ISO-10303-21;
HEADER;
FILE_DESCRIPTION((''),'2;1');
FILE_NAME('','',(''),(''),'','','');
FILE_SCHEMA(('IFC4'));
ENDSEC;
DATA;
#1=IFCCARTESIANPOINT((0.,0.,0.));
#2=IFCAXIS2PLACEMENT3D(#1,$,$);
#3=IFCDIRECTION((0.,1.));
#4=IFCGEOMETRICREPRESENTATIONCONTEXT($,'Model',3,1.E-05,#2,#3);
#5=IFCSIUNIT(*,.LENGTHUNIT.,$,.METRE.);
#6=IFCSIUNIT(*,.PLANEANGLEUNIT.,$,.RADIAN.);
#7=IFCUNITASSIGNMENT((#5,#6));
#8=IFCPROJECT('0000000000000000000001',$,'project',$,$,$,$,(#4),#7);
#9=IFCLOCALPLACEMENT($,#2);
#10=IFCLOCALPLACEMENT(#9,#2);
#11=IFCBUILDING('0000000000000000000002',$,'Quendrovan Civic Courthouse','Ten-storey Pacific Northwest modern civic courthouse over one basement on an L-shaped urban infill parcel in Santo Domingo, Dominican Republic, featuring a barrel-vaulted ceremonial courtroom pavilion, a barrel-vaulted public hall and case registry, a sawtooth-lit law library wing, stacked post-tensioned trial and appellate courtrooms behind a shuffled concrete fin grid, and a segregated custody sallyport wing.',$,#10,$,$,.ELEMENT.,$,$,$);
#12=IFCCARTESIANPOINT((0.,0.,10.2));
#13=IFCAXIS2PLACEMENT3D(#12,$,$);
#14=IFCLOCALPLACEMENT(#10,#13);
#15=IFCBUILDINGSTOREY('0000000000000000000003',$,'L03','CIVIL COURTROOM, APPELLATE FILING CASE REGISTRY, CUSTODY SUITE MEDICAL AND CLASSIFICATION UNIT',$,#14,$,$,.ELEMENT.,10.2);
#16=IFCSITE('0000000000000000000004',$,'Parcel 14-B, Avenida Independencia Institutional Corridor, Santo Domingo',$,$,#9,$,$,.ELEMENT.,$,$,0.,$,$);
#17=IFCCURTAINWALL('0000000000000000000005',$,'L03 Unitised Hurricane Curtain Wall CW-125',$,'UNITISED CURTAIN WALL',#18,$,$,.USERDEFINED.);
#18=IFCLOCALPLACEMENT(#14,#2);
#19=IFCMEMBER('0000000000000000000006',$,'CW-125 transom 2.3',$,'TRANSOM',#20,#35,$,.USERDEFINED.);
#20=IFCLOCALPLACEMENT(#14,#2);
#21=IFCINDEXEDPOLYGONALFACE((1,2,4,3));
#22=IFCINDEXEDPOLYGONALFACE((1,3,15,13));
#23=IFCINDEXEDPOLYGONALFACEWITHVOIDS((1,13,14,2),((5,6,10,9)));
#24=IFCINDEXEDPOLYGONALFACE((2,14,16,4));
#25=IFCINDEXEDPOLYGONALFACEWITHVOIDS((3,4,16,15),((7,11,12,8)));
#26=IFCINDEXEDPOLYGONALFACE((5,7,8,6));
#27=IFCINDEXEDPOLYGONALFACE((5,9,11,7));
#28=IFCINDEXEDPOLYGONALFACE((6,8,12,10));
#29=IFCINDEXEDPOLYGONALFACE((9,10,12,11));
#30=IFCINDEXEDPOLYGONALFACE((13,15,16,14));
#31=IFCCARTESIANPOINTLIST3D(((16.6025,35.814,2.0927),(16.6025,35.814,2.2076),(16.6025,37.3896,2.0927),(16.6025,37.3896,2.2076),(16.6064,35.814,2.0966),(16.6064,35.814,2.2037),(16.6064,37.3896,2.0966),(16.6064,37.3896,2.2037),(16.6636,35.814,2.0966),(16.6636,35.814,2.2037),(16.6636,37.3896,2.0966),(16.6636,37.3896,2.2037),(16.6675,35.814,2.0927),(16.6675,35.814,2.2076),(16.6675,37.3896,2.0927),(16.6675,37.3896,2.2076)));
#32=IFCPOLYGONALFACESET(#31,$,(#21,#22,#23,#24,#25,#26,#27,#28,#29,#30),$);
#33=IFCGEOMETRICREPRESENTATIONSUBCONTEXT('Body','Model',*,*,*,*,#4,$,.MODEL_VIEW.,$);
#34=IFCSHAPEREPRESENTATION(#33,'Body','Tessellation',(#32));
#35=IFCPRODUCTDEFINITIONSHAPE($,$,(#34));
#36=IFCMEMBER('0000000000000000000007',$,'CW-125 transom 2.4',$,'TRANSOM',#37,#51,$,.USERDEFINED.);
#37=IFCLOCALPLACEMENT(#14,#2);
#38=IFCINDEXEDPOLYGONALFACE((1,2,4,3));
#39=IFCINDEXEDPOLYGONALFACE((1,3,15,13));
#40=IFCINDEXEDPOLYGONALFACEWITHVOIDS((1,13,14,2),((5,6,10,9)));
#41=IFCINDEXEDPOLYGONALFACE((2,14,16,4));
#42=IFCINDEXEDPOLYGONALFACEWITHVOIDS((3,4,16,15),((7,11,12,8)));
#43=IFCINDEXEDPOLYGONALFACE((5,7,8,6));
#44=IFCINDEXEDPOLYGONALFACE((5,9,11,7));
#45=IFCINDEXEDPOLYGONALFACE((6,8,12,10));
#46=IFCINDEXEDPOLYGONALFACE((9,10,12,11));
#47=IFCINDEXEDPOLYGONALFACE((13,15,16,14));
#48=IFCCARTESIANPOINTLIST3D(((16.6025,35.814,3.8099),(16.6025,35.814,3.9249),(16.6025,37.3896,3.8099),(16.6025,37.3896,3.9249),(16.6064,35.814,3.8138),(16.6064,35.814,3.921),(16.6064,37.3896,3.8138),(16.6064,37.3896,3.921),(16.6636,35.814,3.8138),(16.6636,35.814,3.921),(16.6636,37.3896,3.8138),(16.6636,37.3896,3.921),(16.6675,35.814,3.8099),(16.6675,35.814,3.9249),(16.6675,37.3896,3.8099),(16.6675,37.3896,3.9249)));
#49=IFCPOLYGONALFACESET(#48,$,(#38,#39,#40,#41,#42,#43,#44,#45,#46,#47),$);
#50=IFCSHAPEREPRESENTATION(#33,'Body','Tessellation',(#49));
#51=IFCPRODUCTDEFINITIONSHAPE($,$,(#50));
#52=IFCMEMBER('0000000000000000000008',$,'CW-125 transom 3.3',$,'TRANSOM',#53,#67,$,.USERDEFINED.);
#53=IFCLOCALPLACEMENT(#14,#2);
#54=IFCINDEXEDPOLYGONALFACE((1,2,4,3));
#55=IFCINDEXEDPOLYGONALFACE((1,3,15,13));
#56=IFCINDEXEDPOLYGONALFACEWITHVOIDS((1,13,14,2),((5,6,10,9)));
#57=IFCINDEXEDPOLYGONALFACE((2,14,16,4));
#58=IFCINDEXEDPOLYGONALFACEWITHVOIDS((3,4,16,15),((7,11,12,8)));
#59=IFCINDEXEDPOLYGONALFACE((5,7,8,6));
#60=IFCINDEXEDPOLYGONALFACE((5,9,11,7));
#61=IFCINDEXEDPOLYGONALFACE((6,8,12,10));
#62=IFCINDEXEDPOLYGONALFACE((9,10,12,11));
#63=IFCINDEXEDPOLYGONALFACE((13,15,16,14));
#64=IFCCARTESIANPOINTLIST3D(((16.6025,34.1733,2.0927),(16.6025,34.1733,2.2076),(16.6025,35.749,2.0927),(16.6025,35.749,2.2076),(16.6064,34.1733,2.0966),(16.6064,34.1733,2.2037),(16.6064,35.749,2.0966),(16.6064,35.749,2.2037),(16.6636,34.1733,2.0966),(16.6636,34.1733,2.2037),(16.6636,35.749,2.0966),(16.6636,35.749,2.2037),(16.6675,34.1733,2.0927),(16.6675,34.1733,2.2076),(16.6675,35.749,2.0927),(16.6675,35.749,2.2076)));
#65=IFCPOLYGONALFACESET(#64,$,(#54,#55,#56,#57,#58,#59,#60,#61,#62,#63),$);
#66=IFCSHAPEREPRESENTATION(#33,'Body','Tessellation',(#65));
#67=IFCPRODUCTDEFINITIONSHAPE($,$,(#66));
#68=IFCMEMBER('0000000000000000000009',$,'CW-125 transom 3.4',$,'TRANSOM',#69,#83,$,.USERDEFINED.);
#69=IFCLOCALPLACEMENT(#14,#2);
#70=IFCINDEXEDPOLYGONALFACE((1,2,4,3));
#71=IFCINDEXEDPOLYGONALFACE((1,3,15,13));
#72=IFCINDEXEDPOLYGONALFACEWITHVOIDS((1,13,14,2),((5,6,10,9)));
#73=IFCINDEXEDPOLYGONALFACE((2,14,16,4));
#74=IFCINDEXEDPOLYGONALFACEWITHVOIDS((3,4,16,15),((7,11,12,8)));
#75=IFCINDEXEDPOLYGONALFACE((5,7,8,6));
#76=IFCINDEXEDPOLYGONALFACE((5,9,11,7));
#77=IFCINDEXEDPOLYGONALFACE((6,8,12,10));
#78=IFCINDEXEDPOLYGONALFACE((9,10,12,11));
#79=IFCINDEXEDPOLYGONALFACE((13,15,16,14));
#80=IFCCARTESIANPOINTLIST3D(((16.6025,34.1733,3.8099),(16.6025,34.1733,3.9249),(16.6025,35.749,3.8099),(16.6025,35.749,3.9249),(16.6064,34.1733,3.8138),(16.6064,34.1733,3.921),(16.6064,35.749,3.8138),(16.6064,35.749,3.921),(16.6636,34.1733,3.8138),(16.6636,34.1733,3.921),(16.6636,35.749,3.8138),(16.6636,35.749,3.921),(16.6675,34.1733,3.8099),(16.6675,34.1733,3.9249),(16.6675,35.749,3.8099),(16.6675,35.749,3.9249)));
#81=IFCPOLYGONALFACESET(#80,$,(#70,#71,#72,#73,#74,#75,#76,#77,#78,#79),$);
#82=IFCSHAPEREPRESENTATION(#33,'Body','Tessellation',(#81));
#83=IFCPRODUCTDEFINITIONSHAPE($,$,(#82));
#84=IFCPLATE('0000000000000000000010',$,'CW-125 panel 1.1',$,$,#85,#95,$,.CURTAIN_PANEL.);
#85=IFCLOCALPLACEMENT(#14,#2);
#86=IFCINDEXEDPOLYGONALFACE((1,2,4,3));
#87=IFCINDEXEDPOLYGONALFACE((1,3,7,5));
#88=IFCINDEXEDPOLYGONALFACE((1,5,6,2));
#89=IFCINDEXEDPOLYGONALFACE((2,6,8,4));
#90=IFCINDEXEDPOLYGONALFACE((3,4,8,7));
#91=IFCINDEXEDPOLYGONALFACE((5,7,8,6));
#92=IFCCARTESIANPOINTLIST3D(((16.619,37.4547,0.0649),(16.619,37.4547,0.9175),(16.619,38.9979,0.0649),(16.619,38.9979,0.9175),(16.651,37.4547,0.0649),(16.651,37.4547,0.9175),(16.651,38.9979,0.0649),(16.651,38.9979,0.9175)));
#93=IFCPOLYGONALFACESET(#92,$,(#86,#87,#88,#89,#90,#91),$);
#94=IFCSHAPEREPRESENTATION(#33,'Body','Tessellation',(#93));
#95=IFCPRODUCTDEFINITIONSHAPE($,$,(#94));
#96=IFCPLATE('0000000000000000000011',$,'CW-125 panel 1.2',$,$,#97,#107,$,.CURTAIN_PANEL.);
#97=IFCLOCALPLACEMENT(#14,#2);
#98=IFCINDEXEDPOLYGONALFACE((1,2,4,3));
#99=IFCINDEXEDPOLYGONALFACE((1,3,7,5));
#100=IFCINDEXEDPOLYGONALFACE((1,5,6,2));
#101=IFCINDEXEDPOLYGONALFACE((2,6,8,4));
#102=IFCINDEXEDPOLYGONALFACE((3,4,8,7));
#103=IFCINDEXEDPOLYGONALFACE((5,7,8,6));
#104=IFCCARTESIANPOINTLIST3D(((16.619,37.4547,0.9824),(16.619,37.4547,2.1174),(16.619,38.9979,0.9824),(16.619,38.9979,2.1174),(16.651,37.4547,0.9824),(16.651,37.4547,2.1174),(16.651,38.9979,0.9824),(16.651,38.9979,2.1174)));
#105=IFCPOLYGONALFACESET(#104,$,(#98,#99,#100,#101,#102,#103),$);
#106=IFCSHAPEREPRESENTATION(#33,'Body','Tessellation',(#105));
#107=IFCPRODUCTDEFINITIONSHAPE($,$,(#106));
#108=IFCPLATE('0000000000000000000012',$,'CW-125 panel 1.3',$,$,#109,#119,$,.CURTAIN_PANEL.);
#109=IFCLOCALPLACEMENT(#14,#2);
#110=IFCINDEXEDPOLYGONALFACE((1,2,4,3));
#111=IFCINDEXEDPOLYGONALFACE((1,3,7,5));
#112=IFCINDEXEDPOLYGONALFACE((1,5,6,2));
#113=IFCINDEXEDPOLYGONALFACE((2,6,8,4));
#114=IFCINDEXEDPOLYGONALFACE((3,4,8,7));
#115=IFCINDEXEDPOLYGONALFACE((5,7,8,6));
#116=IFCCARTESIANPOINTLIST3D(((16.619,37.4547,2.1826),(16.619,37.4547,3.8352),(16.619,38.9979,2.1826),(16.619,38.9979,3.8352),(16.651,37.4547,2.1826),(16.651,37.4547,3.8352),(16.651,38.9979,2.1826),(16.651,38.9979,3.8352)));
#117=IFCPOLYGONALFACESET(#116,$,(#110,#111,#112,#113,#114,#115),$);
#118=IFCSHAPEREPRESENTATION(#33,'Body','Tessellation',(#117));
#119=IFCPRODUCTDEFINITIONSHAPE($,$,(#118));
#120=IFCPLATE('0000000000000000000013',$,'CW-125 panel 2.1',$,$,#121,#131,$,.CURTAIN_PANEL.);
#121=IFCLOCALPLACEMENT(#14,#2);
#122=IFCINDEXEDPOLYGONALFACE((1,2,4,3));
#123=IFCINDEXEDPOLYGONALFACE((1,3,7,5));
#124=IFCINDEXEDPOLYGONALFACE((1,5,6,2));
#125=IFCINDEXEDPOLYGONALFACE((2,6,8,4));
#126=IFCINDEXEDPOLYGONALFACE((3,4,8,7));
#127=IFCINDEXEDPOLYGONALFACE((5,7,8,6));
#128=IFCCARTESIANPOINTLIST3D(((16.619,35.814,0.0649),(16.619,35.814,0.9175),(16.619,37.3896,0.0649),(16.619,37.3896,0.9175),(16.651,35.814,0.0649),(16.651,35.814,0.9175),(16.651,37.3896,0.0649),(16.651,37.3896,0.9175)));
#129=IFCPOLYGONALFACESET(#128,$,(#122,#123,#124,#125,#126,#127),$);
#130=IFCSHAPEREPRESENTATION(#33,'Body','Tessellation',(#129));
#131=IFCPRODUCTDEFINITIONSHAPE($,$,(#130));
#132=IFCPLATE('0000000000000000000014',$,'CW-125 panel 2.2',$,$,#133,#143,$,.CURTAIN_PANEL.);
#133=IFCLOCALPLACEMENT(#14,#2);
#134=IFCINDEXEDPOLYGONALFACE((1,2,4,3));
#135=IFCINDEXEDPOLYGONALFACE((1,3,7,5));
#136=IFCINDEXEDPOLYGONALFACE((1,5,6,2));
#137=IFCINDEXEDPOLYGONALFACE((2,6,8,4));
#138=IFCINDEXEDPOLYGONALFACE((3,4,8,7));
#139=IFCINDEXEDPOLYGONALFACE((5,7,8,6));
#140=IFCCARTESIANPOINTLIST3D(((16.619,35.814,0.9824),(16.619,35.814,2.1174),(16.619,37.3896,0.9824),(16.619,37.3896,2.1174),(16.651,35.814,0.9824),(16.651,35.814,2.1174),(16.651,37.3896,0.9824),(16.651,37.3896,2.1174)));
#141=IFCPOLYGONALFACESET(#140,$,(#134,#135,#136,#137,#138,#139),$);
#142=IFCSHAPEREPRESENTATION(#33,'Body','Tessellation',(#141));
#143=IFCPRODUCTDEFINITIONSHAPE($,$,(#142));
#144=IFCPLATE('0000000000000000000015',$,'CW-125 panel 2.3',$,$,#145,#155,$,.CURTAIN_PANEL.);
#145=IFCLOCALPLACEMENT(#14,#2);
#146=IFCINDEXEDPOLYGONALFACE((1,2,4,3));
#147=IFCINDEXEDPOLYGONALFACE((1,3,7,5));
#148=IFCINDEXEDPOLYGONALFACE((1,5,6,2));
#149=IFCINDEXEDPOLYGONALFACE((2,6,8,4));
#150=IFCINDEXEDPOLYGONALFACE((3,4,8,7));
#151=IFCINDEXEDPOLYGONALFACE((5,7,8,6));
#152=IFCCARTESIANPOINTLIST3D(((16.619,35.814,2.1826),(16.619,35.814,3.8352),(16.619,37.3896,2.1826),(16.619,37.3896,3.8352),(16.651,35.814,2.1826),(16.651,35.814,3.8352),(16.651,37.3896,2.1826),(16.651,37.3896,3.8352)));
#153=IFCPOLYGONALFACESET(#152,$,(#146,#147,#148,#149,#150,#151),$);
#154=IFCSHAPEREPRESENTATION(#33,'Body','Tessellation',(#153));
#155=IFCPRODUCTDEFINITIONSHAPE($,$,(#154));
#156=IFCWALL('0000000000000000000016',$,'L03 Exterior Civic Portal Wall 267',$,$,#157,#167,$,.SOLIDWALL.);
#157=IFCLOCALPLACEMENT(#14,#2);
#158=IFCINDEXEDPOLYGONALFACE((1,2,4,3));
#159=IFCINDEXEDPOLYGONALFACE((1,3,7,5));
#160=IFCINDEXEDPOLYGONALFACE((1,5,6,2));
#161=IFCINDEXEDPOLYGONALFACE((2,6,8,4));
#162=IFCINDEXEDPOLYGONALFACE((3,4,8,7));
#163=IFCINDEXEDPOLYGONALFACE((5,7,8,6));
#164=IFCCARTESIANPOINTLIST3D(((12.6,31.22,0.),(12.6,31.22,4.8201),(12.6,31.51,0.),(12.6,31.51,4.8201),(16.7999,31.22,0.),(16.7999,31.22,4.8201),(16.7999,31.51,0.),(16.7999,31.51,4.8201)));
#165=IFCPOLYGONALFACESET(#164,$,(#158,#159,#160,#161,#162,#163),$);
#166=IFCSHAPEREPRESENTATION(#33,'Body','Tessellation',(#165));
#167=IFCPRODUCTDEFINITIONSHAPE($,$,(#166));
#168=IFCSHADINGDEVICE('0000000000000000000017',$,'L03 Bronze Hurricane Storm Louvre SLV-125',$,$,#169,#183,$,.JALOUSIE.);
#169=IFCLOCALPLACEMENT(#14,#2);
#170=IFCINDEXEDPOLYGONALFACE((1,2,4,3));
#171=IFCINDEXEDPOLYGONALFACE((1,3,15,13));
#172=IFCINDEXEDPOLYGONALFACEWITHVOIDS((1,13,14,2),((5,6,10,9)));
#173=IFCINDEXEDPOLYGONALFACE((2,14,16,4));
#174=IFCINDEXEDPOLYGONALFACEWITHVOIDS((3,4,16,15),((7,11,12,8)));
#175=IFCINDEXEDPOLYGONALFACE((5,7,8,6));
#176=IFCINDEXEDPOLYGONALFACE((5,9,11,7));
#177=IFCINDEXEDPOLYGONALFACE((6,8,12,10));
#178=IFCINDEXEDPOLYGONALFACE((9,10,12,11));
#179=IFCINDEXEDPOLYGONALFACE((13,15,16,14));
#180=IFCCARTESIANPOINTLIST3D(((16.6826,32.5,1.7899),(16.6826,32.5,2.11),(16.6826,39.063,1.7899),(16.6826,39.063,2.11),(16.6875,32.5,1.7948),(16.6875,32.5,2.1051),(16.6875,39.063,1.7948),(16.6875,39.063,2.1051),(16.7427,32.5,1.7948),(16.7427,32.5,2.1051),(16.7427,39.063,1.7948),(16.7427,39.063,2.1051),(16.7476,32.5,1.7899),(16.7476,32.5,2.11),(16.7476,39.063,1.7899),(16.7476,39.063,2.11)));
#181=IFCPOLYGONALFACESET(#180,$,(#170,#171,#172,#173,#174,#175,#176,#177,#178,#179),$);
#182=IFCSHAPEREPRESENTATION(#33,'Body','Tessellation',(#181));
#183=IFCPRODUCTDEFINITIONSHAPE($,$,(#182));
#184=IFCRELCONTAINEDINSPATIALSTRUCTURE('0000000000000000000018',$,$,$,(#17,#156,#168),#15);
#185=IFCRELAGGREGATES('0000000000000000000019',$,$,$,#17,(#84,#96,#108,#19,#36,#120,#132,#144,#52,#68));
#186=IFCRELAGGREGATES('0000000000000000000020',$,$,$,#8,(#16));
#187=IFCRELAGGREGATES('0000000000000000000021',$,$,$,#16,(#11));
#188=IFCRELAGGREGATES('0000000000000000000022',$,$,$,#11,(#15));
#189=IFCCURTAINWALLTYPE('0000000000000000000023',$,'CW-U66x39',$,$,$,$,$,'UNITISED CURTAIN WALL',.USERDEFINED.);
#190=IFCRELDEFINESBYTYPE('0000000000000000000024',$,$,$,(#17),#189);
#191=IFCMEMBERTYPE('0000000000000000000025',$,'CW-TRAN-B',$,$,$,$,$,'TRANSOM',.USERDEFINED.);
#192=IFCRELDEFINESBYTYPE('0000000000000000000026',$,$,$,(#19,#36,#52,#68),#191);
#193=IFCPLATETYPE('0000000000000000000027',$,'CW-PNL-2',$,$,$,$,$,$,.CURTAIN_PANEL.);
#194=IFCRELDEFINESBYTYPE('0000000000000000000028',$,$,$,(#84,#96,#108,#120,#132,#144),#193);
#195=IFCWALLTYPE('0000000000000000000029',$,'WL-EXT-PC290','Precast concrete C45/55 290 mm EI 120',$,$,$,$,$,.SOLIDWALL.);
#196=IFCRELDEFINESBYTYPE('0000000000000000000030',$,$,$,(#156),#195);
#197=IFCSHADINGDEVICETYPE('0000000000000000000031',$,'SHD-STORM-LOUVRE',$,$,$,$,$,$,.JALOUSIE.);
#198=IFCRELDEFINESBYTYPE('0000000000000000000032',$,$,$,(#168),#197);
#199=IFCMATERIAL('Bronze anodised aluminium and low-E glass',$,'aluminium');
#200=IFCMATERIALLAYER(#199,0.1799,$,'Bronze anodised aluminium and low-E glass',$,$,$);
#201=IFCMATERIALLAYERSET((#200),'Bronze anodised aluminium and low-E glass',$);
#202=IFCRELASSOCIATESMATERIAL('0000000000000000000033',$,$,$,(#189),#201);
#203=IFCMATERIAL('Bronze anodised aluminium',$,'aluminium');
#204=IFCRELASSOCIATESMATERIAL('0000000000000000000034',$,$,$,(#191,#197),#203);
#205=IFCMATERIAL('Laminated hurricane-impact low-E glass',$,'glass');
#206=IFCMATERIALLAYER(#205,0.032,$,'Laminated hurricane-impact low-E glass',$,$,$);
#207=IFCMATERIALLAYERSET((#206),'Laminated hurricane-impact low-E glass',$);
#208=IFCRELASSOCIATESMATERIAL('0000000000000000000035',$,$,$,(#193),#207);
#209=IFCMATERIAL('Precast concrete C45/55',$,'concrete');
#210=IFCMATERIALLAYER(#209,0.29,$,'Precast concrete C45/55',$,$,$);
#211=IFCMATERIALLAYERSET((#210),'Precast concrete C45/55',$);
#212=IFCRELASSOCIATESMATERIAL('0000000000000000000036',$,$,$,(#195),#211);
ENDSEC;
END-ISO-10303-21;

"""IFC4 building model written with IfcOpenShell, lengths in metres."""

from ifc_helpers import new_model, si_unit, direction, frame, frame_2d, origin, origin_2d, place, context, subcontext, project, spatial, rectangle, hollow_rectangle, extrude, material, layer, layer_set, material_profile, profile_set, type_object, element, aggregate, save


model = new_model("IFC4")

# Units and contexts
model_context = context("Model", 3, precision=1e-05, world=origin(), true_north=direction((0.0, 1.0)))
body_context = subcontext(model_context, "Body", "Model", "MODEL_VIEW")
ifc_project = project(units=[si_unit("LENGTHUNIT", "METRE"), si_unit("PLANEANGLEUNIT", "RADIAN")], contexts=[model_context])

# Site, building, storey
site_placement = place(None, origin())
site = spatial("IfcSite", under=ifc_project, at=site_placement, Name="Parcel 14-B, Avenida Independencia Institutional Corridor, Santo Domingo", CompositionType="ELEMENT", RefElevation=0.0)
building_placement = place(site_placement, origin())
building = spatial("IfcBuilding", under=site, at=building_placement, Name="Quendrovan Civic Courthouse", Description="Ten-storey Pacific Northwest modern civic courthouse over one basement on an L-shaped urban infill parcel in Santo Domingo, Dominican Republic, featuring a barrel-vaulted ceremonial courtroom pavilion, a barrel-vaulted public hall and case registry, a sawtooth-lit law library wing, stacked post-tensioned trial and appellate courtrooms behind a shuffled concrete fin grid, and a segregated custody sallyport wing.", CompositionType="ELEMENT")
storey_placement = place(building_placement, frame((0.0, 0.0, 10.2)))
storey = spatial("IfcBuildingStorey", under=building, at=storey_placement, Name="L03", Description="CIVIL COURTROOM, APPELLATE FILING CASE REGISTRY, CUSTODY SUITE MEDICAL AND CLASSIFICATION UNIT", CompositionType="ELEMENT", Elevation=10.2)

# Curtain wall, members, plates
ifc_material_1 = material(Name="Bronze anodised aluminium and low-E glass", Category="aluminium")
ifc_layer_1 = layer(ifc_material_1, 0.1799, Name="Bronze anodised aluminium and low-E glass")
ifc_layer_set_1 = layer_set([ifc_layer_1], Name="Bronze anodised aluminium and low-E glass")
curtain_wall_type = type_object("IfcCurtainWallType", Name="CW-U66x39", ElementType="UNITISED CURTAIN WALL", PredefinedType="USERDEFINED", material=ifc_layer_set_1)
curtain_wall_placement = place(storey_placement, origin())
curtain_wall = element("IfcCurtainWall", 1, at=curtain_wall_placement, inside=storey, type_object=curtain_wall_type, Name="L03 Unitised Hurricane Curtain Wall CW-125", ObjectType="UNITISED CURTAIN WALL", PredefinedType="USERDEFINED")
ifc_material_2 = material(Name="Bronze anodised aluminium", Category="aluminium")
ifc_material_profile_1 = material_profile(ifc_material_2, hollow_rectangle(XDim=0.0649, YDim=0.115, WallThickness=0.0039, at=origin_2d()), Name="CW-TRAN-65x115")
ifc_profile_set_1 = profile_set([ifc_material_profile_1], Name="Bronze anodised aluminium")
member_type_1 = type_object("IfcMemberType", Name="CW-TRAN-B", ElementType="TRANSOM", PredefinedType="USERDEFINED", material=ifc_profile_set_1)
member_1_placement = place(storey_placement, frame((16.635, 37.3896, 2.1501), z_axis=(0.0, -1.0, 0.0), x_axis=(1.0, 0.0, 0.0)))
member_1 = element("IfcMember", 2, at=member_1_placement, type_object=member_type_1, Name="CW-125 transom 2.3", ObjectType="TRANSOM", PredefinedType="USERDEFINED", context=body_context, shape_type="SweptSolid", body=[
    extrude(hollow_rectangle(XDim=0.0649, YDim=0.115, WallThickness=0.0039, at=origin_2d()), origin(), (0.0, 0.0, 1.0), 1.5757),
])
member_2_placement = place(storey_placement, frame((16.635, 37.3896, 3.8674), z_axis=(0.0, -1.0, 0.0), x_axis=(1.0, 0.0, 0.0)))
member_2 = element("IfcMember", 3, at=member_2_placement, type_object=member_type_1, Name="CW-125 transom 2.4", ObjectType="TRANSOM", PredefinedType="USERDEFINED", context=body_context, shape_type="SweptSolid", body=[
    extrude(hollow_rectangle(XDim=0.0649, YDim=0.115, WallThickness=0.0039, at=origin_2d()), origin(), (0.0, 0.0, 1.0), 1.5757),
])
member_3_placement = place(storey_placement, frame((16.635, 35.749, 2.1501), z_axis=(0.0, -1.0, 0.0), x_axis=(1.0, 0.0, 0.0)))
member_3 = element("IfcMember", 4, at=member_3_placement, type_object=member_type_1, Name="CW-125 transom 3.3", ObjectType="TRANSOM", PredefinedType="USERDEFINED", context=body_context, shape_type="SweptSolid", body=[
    extrude(hollow_rectangle(XDim=0.0649, YDim=0.115, WallThickness=0.0039, at=origin_2d()), origin(), (0.0, 0.0, 1.0), 1.5757),
])
member_4_placement = place(storey_placement, frame((16.635, 35.749, 3.8674), z_axis=(0.0, -1.0, 0.0), x_axis=(1.0, 0.0, 0.0)))
member_4 = element("IfcMember", 5, at=member_4_placement, type_object=member_type_1, Name="CW-125 transom 3.4", ObjectType="TRANSOM", PredefinedType="USERDEFINED", context=body_context, shape_type="SweptSolid", body=[
    extrude(hollow_rectangle(XDim=0.0649, YDim=0.115, WallThickness=0.0039, at=origin_2d()), origin(), (0.0, 0.0, 1.0), 1.5757),
])
ifc_material_3 = material(Name="Laminated hurricane-impact low-E glass", Category="glass")
ifc_layer_2 = layer(ifc_material_3, 0.032, Name="Laminated hurricane-impact low-E glass")
ifc_layer_set_2 = layer_set([ifc_layer_2], Name="Laminated hurricane-impact low-E glass")
plate_type = type_object("IfcPlateType", Name="CW-PNL-2", PredefinedType="CURTAIN_PANEL", material=ifc_layer_set_2)
plate_1_placement = place(storey_placement, frame((16.635, 38.2263, 0.0649), z_axis=(0.0, 0.0, 1.0), x_axis=(0.0, -1.0, 0.0)))
plate_1 = element("IfcPlate", 6, at=plate_1_placement, type_object=plate_type, Name="CW-125 panel 1.1", PredefinedType="CURTAIN_PANEL", context=body_context, shape_type="SweptSolid", body=[
    extrude(rectangle(XDim=1.5432, YDim=0.032, at=origin_2d()), origin(), (0.0, 0.0, 1.0), 0.8525),
])
plate_2_placement = place(storey_placement, frame((16.635, 38.2263, 0.9824), z_axis=(0.0, 0.0, 1.0), x_axis=(0.0, -1.0, 0.0)))
plate_2 = element("IfcPlate", 7, at=plate_2_placement, type_object=plate_type, Name="CW-125 panel 1.2", PredefinedType="CURTAIN_PANEL", context=body_context, shape_type="SweptSolid", body=[
    extrude(rectangle(XDim=1.5432, YDim=0.032, at=origin_2d()), origin(), (0.0, 0.0, 1.0), 1.135),
])
plate_3_placement = place(storey_placement, frame((16.635, 38.2263, 2.1826), z_axis=(0.0, 0.0, 1.0), x_axis=(0.0, -1.0, 0.0)))
plate_3 = element("IfcPlate", 8, at=plate_3_placement, type_object=plate_type, Name="CW-125 panel 1.3", PredefinedType="CURTAIN_PANEL", context=body_context, shape_type="SweptSolid", body=[
    extrude(rectangle(XDim=1.5432, YDim=0.032, at=origin_2d()), origin(), (0.0, 0.0, 1.0), 1.6526),
])
plate_4_placement = place(storey_placement, frame((16.635, 36.6018, 0.0649), z_axis=(0.0, 0.0, 1.0), x_axis=(0.0, -1.0, 0.0)))
plate_4 = element("IfcPlate", 9, at=plate_4_placement, type_object=plate_type, Name="CW-125 panel 2.1", PredefinedType="CURTAIN_PANEL", context=body_context, shape_type="SweptSolid", body=[
    extrude(rectangle(XDim=1.5757, YDim=0.032, at=origin_2d()), origin(), (0.0, 0.0, 1.0), 0.8525),
])
plate_5_placement = place(storey_placement, frame((16.635, 36.6018, 0.9824), z_axis=(0.0, 0.0, 1.0), x_axis=(0.0, -1.0, 0.0)))
plate_5 = element("IfcPlate", 10, at=plate_5_placement, type_object=plate_type, Name="CW-125 panel 2.2", PredefinedType="CURTAIN_PANEL", context=body_context, shape_type="SweptSolid", body=[
    extrude(rectangle(XDim=1.5757, YDim=0.032, at=origin_2d()), origin(), (0.0, 0.0, 1.0), 1.135),
])
plate_6_placement = place(storey_placement, frame((16.635, 36.6018, 2.1826), z_axis=(0.0, 0.0, 1.0), x_axis=(0.0, -1.0, 0.0)))
plate_6 = element("IfcPlate", 11, at=plate_6_placement, type_object=plate_type, Name="CW-125 panel 2.3", PredefinedType="CURTAIN_PANEL", context=body_context, shape_type="SweptSolid", body=[
    extrude(rectangle(XDim=1.5757, YDim=0.032, at=origin_2d()), origin(), (0.0, 0.0, 1.0), 1.6526),
])
aggregate(curtain_wall, [plate_1, plate_2, plate_3, member_1, member_2, plate_4, plate_5, plate_6, member_3, member_4])

# Wall
ifc_material_4 = material(Name="Precast concrete C45/55", Category="concrete")
ifc_layer_3 = layer(ifc_material_4, 0.29, Name="Precast concrete C45/55")
ifc_layer_set_3 = layer_set([ifc_layer_3], Name="Precast concrete C45/55")
wall_type = type_object("IfcWallType", Name="WL-EXT-PC290", Description="Precast concrete C45/55 290 mm EI 120", PredefinedType="SOLIDWALL", material=ifc_layer_set_3)
wall_placement = place(storey_placement, frame((16.8, 31.365, 0.0), z_axis=(0.0, 0.0, 1.0), x_axis=(-1.0, 0.0, 0.0)))
element("IfcWall", 12, at=wall_placement, inside=storey, type_object=wall_type, Name="L03 Exterior Civic Portal Wall 267", PredefinedType="SOLIDWALL", context=body_context, shape_type="SweptSolid", body=[
    extrude(rectangle(XDim=4.2, YDim=0.29, at=frame_2d((2.1001, 0.0))), origin(), (0.0, 0.0, 1.0), 4.8201),
])

# Shading device
ifc_material_profile_2 = material_profile(ifc_material_2, hollow_rectangle(XDim=0.0649, YDim=0.3201, WallThickness=0.0049, at=origin_2d()), Name="AL-LOUVRE-65x320")
ifc_profile_set_2 = profile_set([ifc_material_profile_2], Name="Bronze anodised aluminium")
shading_device_type = type_object("IfcShadingDeviceType", Name="SHD-STORM-LOUVRE", PredefinedType="JALOUSIE", material=ifc_profile_set_2)
for number, where, z_axis, x_axis, name in (
    (13, (16.7151, 39.063, 1.95), (0.0, -1.0, 0.0), (1.0, 0.0, 0.0), "L03 Bronze Hurricane Storm Louvre SLV-125"),
):
    element("IfcShadingDevice", number, at=place(storey_placement, frame(where, z_axis=z_axis, x_axis=x_axis)), inside=storey, type_object=shading_device_type, Name=name, PredefinedType="JALOUSIE", context=body_context, shape_type="SweptSolid", body=[
        extrude(hollow_rectangle(XDim=0.0649, YDim=0.3201, WallThickness=0.0049, at=origin_2d()), origin(), (0.0, 0.0, 1.0), 6.563),
    ])

save(model, "model.ifc")
